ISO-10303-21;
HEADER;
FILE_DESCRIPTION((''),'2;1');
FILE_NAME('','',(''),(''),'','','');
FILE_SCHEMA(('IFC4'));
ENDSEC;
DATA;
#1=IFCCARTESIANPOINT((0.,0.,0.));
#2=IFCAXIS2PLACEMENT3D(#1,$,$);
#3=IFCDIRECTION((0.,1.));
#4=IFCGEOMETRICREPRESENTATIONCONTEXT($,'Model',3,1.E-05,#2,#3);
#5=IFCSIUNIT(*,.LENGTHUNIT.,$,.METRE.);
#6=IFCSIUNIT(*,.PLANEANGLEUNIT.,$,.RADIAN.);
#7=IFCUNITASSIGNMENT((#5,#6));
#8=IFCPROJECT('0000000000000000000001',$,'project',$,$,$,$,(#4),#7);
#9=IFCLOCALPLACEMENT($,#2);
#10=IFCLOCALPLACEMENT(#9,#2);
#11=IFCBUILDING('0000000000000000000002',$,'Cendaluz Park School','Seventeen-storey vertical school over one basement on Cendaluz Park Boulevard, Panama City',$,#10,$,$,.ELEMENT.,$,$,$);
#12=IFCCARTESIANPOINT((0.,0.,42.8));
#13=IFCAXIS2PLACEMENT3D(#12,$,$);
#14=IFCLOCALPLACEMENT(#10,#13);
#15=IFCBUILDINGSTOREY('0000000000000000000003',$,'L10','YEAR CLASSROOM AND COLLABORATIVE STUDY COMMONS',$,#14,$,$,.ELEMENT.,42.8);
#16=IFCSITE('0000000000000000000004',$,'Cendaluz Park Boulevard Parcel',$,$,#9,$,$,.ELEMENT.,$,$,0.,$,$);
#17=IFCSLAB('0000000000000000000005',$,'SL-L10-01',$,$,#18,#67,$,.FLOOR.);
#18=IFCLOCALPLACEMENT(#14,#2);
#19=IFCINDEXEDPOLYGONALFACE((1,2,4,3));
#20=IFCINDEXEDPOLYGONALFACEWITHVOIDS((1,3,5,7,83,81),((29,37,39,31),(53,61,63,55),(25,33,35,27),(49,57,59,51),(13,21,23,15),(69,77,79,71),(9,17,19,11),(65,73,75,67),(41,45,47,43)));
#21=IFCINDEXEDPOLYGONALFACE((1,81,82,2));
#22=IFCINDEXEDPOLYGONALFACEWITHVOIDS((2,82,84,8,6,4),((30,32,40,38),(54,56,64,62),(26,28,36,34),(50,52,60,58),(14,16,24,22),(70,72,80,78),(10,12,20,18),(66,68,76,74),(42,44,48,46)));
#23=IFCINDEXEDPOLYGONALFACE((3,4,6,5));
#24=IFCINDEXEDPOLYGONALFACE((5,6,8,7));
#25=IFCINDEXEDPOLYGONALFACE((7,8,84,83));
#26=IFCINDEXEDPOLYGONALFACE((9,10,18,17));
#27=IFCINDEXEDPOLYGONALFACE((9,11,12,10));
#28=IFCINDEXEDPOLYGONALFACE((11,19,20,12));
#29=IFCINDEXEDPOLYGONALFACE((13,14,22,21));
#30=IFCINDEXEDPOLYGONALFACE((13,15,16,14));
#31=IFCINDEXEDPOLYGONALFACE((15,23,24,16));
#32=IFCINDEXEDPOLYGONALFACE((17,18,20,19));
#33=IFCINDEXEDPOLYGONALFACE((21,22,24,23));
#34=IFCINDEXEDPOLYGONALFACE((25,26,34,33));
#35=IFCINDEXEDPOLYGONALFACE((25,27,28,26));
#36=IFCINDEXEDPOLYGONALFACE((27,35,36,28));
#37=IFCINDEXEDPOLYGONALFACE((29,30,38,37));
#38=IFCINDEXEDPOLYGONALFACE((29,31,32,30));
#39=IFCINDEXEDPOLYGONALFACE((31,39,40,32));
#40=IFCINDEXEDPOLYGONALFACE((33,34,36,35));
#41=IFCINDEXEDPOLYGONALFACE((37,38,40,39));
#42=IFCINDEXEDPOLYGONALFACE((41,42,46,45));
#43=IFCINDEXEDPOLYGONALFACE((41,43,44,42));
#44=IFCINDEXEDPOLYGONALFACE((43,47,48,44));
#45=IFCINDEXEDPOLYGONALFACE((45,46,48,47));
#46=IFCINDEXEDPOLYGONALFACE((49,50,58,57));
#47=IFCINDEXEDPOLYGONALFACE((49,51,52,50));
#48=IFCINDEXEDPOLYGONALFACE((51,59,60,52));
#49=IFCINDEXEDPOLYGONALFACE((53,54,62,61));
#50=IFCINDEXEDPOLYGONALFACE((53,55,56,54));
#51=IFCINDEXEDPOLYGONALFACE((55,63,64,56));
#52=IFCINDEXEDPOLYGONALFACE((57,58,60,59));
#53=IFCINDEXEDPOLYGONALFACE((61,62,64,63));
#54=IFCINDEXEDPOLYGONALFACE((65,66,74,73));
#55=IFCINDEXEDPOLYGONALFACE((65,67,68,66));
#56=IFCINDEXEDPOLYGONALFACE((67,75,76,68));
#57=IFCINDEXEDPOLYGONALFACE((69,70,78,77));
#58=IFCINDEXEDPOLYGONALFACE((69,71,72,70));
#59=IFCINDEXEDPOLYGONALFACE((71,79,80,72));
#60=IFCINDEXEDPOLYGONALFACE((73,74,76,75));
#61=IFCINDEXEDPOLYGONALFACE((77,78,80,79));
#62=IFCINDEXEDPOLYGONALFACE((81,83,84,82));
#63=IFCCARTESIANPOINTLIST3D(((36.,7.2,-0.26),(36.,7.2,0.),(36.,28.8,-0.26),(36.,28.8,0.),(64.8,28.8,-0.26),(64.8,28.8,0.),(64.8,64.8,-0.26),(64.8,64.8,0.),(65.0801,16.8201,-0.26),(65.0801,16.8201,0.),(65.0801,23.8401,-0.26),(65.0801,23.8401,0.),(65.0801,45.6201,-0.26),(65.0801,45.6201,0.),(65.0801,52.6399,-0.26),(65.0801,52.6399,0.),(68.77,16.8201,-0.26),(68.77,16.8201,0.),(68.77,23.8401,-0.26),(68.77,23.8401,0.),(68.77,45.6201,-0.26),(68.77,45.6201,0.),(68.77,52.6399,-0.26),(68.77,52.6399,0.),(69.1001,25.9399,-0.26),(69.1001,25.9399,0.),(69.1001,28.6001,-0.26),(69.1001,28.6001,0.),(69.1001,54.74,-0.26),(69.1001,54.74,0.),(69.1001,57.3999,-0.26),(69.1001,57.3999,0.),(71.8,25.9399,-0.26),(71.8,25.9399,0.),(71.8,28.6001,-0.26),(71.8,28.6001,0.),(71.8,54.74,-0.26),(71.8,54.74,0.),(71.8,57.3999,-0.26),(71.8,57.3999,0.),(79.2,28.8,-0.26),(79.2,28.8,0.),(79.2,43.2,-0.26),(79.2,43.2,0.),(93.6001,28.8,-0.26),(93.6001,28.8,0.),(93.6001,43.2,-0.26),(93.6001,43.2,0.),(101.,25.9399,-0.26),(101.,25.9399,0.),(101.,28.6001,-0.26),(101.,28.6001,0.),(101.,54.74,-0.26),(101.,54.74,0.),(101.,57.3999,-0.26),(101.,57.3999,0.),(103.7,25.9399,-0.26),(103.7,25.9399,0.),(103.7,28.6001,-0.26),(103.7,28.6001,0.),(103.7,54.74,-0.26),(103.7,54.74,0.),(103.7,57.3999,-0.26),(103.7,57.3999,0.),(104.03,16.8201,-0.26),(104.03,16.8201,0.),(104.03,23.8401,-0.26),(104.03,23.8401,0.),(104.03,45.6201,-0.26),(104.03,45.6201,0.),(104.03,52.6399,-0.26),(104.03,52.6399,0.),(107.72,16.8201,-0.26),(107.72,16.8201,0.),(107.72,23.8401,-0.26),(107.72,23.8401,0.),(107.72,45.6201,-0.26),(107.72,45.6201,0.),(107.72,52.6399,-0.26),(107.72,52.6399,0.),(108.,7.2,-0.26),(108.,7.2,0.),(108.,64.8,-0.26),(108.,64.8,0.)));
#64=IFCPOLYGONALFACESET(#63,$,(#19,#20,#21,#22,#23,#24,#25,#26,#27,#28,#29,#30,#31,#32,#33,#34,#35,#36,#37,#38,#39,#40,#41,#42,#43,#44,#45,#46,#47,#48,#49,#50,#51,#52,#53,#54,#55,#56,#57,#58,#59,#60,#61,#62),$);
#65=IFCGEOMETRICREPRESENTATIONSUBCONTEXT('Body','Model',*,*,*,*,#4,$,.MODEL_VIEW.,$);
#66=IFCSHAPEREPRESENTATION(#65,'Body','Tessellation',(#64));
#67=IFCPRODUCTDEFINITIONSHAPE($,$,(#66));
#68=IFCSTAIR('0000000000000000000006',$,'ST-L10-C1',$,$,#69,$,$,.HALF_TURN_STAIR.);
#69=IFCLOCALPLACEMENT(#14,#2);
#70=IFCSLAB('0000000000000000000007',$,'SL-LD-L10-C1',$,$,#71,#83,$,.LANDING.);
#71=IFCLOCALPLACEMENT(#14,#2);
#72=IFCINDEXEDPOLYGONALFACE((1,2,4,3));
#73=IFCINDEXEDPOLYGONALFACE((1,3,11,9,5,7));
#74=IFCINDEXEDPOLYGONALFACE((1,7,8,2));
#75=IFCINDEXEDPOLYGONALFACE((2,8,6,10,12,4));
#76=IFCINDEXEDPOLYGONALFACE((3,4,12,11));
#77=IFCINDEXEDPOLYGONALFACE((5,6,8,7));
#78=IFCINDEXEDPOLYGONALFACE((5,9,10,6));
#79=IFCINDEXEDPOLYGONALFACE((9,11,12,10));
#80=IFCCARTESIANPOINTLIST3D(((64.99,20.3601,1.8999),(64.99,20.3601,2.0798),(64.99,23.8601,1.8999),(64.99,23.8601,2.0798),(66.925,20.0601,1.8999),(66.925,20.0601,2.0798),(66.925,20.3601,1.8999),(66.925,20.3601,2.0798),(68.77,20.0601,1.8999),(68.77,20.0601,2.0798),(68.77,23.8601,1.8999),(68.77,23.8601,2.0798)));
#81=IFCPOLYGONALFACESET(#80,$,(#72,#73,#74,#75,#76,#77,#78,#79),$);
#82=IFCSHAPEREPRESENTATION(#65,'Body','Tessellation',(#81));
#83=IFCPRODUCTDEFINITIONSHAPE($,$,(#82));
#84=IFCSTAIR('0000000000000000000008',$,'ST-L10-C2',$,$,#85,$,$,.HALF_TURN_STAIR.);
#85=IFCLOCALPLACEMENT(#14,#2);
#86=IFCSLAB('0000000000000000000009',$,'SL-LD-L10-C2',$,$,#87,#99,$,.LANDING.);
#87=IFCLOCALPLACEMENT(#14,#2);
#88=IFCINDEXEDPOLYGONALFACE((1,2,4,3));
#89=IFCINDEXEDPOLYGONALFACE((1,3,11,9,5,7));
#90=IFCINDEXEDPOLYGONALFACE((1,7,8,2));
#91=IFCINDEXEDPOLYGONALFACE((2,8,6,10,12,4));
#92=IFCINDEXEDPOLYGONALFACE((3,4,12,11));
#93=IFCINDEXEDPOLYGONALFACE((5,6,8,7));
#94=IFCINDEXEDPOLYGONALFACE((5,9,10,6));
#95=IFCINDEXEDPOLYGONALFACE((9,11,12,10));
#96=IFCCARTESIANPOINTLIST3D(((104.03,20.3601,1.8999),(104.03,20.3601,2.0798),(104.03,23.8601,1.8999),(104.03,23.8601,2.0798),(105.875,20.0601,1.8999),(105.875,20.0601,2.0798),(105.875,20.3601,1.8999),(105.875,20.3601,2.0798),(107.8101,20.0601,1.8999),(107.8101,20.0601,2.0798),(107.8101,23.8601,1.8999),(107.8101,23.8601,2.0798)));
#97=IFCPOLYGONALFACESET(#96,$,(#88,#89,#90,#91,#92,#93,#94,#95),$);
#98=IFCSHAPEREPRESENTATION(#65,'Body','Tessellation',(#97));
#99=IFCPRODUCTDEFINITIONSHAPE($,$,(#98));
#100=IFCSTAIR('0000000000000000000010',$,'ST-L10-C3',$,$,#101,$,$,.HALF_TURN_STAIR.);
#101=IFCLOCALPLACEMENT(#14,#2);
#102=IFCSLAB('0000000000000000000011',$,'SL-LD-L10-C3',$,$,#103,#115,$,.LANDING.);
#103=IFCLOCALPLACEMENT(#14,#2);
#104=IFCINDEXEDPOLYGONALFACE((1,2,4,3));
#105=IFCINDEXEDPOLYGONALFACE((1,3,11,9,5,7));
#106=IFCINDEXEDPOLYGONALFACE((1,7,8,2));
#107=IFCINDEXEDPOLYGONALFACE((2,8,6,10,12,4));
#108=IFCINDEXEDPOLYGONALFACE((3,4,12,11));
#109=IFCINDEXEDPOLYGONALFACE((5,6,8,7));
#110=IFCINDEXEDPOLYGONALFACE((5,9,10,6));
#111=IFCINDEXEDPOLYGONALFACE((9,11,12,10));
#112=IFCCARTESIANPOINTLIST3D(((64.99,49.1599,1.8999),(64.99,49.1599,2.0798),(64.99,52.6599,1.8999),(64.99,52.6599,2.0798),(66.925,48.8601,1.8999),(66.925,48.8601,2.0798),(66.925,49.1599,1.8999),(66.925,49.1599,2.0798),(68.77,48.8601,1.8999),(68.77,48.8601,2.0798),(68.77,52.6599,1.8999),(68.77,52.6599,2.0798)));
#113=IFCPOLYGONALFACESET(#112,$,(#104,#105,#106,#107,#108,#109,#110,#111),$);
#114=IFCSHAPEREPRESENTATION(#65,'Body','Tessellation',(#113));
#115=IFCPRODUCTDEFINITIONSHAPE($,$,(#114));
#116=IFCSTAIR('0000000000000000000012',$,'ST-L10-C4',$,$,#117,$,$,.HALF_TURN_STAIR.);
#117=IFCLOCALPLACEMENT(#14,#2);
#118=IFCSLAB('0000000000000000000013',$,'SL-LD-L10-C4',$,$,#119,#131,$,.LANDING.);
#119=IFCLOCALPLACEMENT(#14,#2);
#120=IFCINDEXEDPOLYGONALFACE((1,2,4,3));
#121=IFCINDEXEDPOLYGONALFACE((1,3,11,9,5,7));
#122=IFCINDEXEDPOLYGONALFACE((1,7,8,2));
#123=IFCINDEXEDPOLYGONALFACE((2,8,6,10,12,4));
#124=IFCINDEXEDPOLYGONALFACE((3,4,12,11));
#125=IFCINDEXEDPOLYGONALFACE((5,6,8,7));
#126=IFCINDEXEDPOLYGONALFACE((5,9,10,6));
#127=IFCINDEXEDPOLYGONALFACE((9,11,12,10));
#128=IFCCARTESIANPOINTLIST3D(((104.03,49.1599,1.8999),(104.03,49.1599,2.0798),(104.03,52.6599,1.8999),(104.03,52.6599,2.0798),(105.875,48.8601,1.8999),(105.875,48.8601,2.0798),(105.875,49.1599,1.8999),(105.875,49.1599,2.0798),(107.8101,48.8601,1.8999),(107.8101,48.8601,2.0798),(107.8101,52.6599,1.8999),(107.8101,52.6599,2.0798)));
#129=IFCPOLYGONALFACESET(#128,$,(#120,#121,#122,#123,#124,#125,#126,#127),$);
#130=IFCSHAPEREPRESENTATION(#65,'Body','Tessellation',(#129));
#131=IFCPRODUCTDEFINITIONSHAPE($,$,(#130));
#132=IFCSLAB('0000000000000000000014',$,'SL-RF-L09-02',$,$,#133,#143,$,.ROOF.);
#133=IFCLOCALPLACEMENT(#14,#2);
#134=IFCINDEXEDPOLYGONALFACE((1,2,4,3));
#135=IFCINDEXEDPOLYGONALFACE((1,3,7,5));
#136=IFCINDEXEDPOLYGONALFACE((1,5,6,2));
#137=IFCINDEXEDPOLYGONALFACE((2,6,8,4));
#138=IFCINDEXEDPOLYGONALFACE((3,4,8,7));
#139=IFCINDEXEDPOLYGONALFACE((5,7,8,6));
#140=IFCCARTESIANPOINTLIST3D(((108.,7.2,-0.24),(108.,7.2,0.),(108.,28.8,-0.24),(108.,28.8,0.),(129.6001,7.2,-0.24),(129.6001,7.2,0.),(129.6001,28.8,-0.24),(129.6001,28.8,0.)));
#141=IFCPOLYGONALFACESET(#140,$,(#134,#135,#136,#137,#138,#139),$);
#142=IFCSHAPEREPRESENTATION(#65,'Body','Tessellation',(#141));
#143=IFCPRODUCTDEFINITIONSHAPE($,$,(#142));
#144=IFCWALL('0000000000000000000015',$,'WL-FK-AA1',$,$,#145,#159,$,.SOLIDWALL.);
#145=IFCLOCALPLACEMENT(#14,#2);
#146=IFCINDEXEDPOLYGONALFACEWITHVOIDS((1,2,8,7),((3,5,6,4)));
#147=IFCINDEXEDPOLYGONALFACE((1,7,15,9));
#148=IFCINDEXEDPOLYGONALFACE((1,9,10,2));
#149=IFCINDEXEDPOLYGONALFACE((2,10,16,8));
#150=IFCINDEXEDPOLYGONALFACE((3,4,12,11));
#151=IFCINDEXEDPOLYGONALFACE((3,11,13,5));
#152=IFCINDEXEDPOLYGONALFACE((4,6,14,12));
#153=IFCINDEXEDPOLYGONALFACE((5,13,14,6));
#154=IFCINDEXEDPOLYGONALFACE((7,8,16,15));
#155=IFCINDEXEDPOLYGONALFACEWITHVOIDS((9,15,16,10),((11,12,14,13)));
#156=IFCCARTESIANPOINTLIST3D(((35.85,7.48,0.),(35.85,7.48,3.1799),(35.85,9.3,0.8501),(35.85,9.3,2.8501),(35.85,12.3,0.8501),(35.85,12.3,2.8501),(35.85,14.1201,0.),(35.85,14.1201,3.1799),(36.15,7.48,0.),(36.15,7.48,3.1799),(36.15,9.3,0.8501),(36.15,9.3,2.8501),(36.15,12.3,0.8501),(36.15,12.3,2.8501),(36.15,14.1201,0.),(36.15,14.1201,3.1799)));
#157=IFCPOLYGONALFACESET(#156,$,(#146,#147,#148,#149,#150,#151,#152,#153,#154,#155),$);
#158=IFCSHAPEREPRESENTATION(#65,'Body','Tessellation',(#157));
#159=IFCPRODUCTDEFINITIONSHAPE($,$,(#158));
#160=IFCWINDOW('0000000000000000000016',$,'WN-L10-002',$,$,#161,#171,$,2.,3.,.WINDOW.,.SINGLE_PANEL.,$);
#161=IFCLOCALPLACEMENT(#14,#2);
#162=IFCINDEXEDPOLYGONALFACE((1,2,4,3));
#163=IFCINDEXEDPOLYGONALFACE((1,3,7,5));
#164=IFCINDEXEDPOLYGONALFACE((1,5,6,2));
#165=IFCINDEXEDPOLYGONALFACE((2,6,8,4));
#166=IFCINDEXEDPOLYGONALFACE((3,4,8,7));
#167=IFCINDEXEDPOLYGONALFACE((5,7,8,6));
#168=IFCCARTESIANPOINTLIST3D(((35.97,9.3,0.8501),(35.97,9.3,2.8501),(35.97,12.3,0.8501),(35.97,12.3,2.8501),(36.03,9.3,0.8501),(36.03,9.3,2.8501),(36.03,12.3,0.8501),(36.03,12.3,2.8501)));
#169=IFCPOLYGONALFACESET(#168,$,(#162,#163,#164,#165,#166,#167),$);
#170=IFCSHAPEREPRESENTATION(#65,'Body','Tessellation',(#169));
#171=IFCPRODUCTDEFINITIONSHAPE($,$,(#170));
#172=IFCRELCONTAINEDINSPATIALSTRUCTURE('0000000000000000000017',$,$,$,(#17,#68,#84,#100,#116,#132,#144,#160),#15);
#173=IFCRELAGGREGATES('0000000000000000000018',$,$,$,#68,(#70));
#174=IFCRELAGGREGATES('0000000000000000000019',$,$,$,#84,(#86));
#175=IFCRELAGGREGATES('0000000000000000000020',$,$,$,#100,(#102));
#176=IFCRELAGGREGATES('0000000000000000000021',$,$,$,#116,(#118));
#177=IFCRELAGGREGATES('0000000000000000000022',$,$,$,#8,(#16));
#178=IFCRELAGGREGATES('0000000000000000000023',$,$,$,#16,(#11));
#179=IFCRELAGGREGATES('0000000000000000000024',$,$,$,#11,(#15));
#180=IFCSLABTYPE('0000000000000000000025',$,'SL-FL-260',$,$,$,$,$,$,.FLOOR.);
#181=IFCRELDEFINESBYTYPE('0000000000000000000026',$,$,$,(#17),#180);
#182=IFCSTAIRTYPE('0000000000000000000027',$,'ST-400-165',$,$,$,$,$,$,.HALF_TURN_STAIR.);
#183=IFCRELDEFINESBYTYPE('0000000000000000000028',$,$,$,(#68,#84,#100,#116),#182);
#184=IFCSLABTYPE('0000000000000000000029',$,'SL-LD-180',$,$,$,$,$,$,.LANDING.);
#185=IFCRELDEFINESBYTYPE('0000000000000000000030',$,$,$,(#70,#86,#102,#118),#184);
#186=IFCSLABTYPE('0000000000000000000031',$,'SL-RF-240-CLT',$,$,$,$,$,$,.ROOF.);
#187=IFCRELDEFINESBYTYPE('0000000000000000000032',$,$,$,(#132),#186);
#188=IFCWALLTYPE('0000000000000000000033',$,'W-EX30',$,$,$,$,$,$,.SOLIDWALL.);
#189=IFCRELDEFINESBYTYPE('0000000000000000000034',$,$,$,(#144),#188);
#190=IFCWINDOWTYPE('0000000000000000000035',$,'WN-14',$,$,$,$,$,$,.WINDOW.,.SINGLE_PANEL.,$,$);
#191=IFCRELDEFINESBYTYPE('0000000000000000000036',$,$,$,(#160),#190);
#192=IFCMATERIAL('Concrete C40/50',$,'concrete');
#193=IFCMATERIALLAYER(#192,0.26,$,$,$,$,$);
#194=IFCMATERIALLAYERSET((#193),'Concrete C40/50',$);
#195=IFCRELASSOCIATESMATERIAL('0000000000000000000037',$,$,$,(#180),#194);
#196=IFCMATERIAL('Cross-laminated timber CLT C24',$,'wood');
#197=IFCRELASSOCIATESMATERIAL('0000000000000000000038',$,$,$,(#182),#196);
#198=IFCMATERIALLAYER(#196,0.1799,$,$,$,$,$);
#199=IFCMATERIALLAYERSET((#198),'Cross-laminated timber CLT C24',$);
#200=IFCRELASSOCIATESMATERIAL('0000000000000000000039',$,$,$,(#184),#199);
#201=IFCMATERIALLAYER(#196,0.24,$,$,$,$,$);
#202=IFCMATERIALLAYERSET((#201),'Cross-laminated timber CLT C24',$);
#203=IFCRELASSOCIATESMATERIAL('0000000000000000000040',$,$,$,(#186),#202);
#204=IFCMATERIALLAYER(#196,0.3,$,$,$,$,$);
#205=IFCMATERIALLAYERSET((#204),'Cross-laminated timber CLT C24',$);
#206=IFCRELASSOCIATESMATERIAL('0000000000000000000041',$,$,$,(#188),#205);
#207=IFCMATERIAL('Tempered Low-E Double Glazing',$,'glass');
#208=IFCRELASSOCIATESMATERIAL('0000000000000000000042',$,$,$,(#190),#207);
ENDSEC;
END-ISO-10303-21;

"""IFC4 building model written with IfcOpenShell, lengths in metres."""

from ifc_helpers import new_model, si_unit, direction, frame, frame_2d, origin, place, context, subcontext, project, spatial, polyline, rectangle, outline, extrude, material, layer, layer_set, type_object, element, fill, aggregate, save


model = new_model("IFC4")

# Units and contexts
model_context = context("Model", 3, precision=1e-05, world=origin(), true_north=direction((0.0, 1.0)))
body_context = subcontext(model_context, "Body", "Model", "MODEL_VIEW")
ifc_project = project(units=[si_unit("LENGTHUNIT", "METRE"), si_unit("PLANEANGLEUNIT", "RADIAN")], contexts=[model_context])

# Site, building, storey
site_placement = place(None, origin())
site = spatial("IfcSite", under=ifc_project, at=site_placement, Name="Cendaluz Park Boulevard Parcel", CompositionType="ELEMENT", RefElevation=0.0)
building_placement = place(site_placement, origin())
building = spatial("IfcBuilding", under=site, at=building_placement, Name="Cendaluz Park School", Description="Seventeen-storey vertical school over one basement on Cendaluz Park Boulevard, Panama City", CompositionType="ELEMENT")
storey_placement = place(building_placement, frame((0.0, 0.0, 42.8)))
storey = spatial("IfcBuildingStorey", under=building, at=storey_placement, Name="L10", Description="YEAR CLASSROOM AND COLLABORATIVE STUDY COMMONS", CompositionType="ELEMENT", Elevation=42.8)

# Slab
ifc_material_1 = material(Name="Concrete C40/50", Category="concrete")
ifc_layer_1 = layer(ifc_material_1, 0.26)
ifc_layer_set_1 = layer_set([ifc_layer_1], Name="Concrete C40/50")
slab_type_1 = type_object("IfcSlabType", Name="SL-FL-260", PredefinedType="FLOOR", material=ifc_layer_set_1)
slab_1_placement = place(storey_placement, frame((0.0, 0.0, -0.26)))
element("IfcSlab", 1, at=slab_1_placement, inside=storey, type_object=slab_type_1, Name="SL-L10-01", PredefinedType="FLOOR", context=body_context, shape_type="SweptSolid", body=[
    extrude(outline(polyline([(64.8, 64.8), (108.0, 64.8), (108.0, 7.2), (36.0, 7.2), (36.0, 28.8), (64.8, 28.8), (64.8, 64.8)]), holes=[polyline([(93.6001, 28.8), (93.6001, 43.2), (79.2, 43.2), (79.2, 28.8), (93.6001, 28.8)]), polyline([(68.77, 16.8201), (68.77, 23.8401), (65.0801, 23.8401), (65.0801, 16.8201), (68.77, 16.8201)]), polyline([(69.1001, 25.9399), (71.8, 25.9399), (71.8, 28.6001), (69.1001, 28.6001), (69.1001, 25.9399)]), polyline([(104.03, 23.8401), (104.03, 16.8201), (107.72, 16.8201), (107.72, 23.8401), (104.03, 23.8401)]), polyline([(103.7, 28.6001), (101.0, 28.6001), (101.0, 25.9399), (103.7, 25.9399), (103.7, 28.6001)]), polyline([(68.77, 45.6201), (68.77, 52.6399), (65.0801, 52.6399), (65.0801, 45.6201), (68.77, 45.6201)]), polyline([(69.1001, 54.74), (71.8, 54.74), (71.8, 57.3999), (69.1001, 57.3999), (69.1001, 54.74)]), polyline([(104.03, 52.6399), (104.03, 45.6201), (107.72, 45.6201), (107.72, 52.6399), (104.03, 52.6399)]), polyline([(103.7, 57.3999), (101.0, 57.3999), (101.0, 54.74), (103.7, 54.74), (103.7, 57.3999)])]), origin(), (0.0, 0.0, 1.0), 0.26),
])

# Stairs, slabs
ifc_material_2 = material(Name="Cross-laminated timber CLT C24", Category="wood")
stair_type = type_object("IfcStairType", Name="ST-400-165", PredefinedType="HALF_TURN_STAIR", material=ifc_material_2)
stair_1_placement = place(storey_placement, origin())
stair_1 = element("IfcStair", 2, at=stair_1_placement, inside=storey, type_object=stair_type, Name="ST-L10-C1", PredefinedType="HALF_TURN_STAIR")
ifc_layer_2 = layer(ifc_material_2, 0.1799)
ifc_layer_set_2 = layer_set([ifc_layer_2], Name="Cross-laminated timber CLT C24")
slab_type_2 = type_object("IfcSlabType", Name="SL-LD-180", PredefinedType="LANDING", material=ifc_layer_set_2)
slab_2_placement = place(storey_placement, frame((0.0, 0.0, 1.8999)))
slab_2 = element("IfcSlab", 3, at=slab_2_placement, type_object=slab_type_2, Name="SL-LD-L10-C1", PredefinedType="LANDING", context=body_context, shape_type="SweptSolid", body=[
    extrude(outline(polyline([(64.99, 20.3601), (66.925, 20.3601), (66.925, 20.0601), (68.77, 20.0601), (68.77, 23.8601), (64.99, 23.8601), (64.99, 20.3601)])), origin(), (0.0, 0.0, 1.0), 0.1799),
])
aggregate(stair_1, [slab_2])
stair_2_placement = place(storey_placement, origin())
stair_2 = element("IfcStair", 4, at=stair_2_placement, inside=storey, type_object=stair_type, Name="ST-L10-C2", PredefinedType="HALF_TURN_STAIR")
slab_3_placement = place(storey_placement, frame((0.0, 0.0, 1.8999)))
slab_3 = element("IfcSlab", 5, at=slab_3_placement, type_object=slab_type_2, Name="SL-LD-L10-C2", PredefinedType="LANDING", context=body_context, shape_type="SweptSolid", body=[
    extrude(outline(polyline([(104.03, 20.3601), (105.875, 20.3601), (105.875, 20.0601), (107.8101, 20.0601), (107.8101, 23.8601), (104.03, 23.8601), (104.03, 20.3601)])), origin(), (0.0, 0.0, 1.0), 0.1799),
])
aggregate(stair_2, [slab_3])
stair_3_placement = place(storey_placement, origin())
stair_3 = element("IfcStair", 6, at=stair_3_placement, inside=storey, type_object=stair_type, Name="ST-L10-C3", PredefinedType="HALF_TURN_STAIR")
slab_4_placement = place(storey_placement, frame((0.0, 0.0, 1.8999)))
slab_4 = element("IfcSlab", 7, at=slab_4_placement, type_object=slab_type_2, Name="SL-LD-L10-C3", PredefinedType="LANDING", context=body_context, shape_type="SweptSolid", body=[
    extrude(outline(polyline([(64.99, 49.1599), (66.925, 49.1599), (66.925, 48.8601), (68.77, 48.8601), (68.77, 52.6599), (64.99, 52.6599), (64.99, 49.1599)])), origin(), (0.0, 0.0, 1.0), 0.1799),
])
aggregate(stair_3, [slab_4])
stair_4_placement = place(storey_placement, origin())
stair_4 = element("IfcStair", 8, at=stair_4_placement, inside=storey, type_object=stair_type, Name="ST-L10-C4", PredefinedType="HALF_TURN_STAIR")
slab_5_placement = place(storey_placement, frame((0.0, 0.0, 1.8999)))
slab_5 = element("IfcSlab", 9, at=slab_5_placement, type_object=slab_type_2, Name="SL-LD-L10-C4", PredefinedType="LANDING", context=body_context, shape_type="SweptSolid", body=[
    extrude(outline(polyline([(104.03, 49.1599), (105.875, 49.1599), (105.875, 48.8601), (107.8101, 48.8601), (107.8101, 52.6599), (104.03, 52.6599), (104.03, 49.1599)])), origin(), (0.0, 0.0, 1.0), 0.1799),
])
aggregate(stair_4, [slab_5])

# Slab
ifc_layer_3 = layer(ifc_material_2, 0.24)
ifc_layer_set_3 = layer_set([ifc_layer_3], Name="Cross-laminated timber CLT C24")
slab_type_3 = type_object("IfcSlabType", Name="SL-RF-240-CLT", PredefinedType="ROOF", material=ifc_layer_set_3)
slab_6_placement = place(storey_placement, frame((0.0, 0.0, -0.24)))
element("IfcSlab", 10, at=slab_6_placement, inside=storey, type_object=slab_type_3, Name="SL-RF-L09-02", PredefinedType="ROOF", context=body_context, shape_type="SweptSolid", body=[
    extrude(outline(polyline([(108.0, 28.8), (129.6001, 28.8), (129.6001, 7.2), (108.0, 7.2), (108.0, 28.8)])), origin(), (0.0, 0.0, 1.0), 0.24),
])

# Wall, opening, window
ifc_layer_4 = layer(ifc_material_2, 0.3)
ifc_layer_set_4 = layer_set([ifc_layer_4], Name="Cross-laminated timber CLT C24")
wall_type = type_object("IfcWallType", Name="W-EX30", PredefinedType="SOLIDWALL", material=ifc_layer_set_4)
wall_1_placement = place(storey_placement, frame((36.0, 7.48, 0.0), z_axis=(0.0, 0.0, 1.0), x_axis=(0.0, 1.0, 0.0)))
wall_1 = element("IfcWall", 11, at=wall_1_placement, inside=storey, type_object=wall_type, Name="WL-FK-AA1", PredefinedType="SOLIDWALL", context=body_context, shape_type="SweptSolid", body=[
    extrude(rectangle(XDim=6.6401, YDim=0.3, at=frame_2d((3.3201, 0.0))), origin(), (0.0, 0.0, 1.0), 3.1799),
])
opening_1_placement = place(wall_1_placement, frame((1.8201, 0.0, 0.8501)))
opening_1 = element("IfcOpeningElement", 12, at=opening_1_placement, cuts=wall_1, PredefinedType="OPENING", context=body_context, shape_type="SweptSolid", body=[
    extrude(rectangle(XDim=3.0, YDim=2.0, at=frame_2d((1.5, 1.0))), frame((0.0, 0.1621, 0.0), z_axis=(0.0, -1.0, 0.0), x_axis=(1.0, 0.0, 0.0)), (0.0, 0.0, 1.0), 0.324),
])
ifc_material_3 = material(Name="Tempered Low-E Double Glazing", Category="glass")
window_type_1 = type_object("IfcWindowType", Name="WN-14", PartitioningType="SINGLE_PANEL", PredefinedType="WINDOW", material=ifc_material_3)
window_1_placement = place(opening_1_placement, origin())
window_1 = element("IfcWindow", 13, at=window_1_placement, inside=storey, type_object=window_type_1, Name="WN-L10-002", OverallHeight=2.0, OverallWidth=3.0, PartitioningType="SINGLE_PANEL", PredefinedType="WINDOW", context=body_context, shape_type="SweptSolid", body=[
    extrude(rectangle(XDim=3.0, YDim=2.0, at=frame_2d((1.5, 1.0))), frame((0.0, 0.03, 0.0), z_axis=(0.0, -1.0, 0.0), x_axis=(1.0, 0.0, 0.0)), (0.0, 0.0, 1.0), 0.0601),
])
fill(opening_1, window_1)

save(model, "model.ifc")
